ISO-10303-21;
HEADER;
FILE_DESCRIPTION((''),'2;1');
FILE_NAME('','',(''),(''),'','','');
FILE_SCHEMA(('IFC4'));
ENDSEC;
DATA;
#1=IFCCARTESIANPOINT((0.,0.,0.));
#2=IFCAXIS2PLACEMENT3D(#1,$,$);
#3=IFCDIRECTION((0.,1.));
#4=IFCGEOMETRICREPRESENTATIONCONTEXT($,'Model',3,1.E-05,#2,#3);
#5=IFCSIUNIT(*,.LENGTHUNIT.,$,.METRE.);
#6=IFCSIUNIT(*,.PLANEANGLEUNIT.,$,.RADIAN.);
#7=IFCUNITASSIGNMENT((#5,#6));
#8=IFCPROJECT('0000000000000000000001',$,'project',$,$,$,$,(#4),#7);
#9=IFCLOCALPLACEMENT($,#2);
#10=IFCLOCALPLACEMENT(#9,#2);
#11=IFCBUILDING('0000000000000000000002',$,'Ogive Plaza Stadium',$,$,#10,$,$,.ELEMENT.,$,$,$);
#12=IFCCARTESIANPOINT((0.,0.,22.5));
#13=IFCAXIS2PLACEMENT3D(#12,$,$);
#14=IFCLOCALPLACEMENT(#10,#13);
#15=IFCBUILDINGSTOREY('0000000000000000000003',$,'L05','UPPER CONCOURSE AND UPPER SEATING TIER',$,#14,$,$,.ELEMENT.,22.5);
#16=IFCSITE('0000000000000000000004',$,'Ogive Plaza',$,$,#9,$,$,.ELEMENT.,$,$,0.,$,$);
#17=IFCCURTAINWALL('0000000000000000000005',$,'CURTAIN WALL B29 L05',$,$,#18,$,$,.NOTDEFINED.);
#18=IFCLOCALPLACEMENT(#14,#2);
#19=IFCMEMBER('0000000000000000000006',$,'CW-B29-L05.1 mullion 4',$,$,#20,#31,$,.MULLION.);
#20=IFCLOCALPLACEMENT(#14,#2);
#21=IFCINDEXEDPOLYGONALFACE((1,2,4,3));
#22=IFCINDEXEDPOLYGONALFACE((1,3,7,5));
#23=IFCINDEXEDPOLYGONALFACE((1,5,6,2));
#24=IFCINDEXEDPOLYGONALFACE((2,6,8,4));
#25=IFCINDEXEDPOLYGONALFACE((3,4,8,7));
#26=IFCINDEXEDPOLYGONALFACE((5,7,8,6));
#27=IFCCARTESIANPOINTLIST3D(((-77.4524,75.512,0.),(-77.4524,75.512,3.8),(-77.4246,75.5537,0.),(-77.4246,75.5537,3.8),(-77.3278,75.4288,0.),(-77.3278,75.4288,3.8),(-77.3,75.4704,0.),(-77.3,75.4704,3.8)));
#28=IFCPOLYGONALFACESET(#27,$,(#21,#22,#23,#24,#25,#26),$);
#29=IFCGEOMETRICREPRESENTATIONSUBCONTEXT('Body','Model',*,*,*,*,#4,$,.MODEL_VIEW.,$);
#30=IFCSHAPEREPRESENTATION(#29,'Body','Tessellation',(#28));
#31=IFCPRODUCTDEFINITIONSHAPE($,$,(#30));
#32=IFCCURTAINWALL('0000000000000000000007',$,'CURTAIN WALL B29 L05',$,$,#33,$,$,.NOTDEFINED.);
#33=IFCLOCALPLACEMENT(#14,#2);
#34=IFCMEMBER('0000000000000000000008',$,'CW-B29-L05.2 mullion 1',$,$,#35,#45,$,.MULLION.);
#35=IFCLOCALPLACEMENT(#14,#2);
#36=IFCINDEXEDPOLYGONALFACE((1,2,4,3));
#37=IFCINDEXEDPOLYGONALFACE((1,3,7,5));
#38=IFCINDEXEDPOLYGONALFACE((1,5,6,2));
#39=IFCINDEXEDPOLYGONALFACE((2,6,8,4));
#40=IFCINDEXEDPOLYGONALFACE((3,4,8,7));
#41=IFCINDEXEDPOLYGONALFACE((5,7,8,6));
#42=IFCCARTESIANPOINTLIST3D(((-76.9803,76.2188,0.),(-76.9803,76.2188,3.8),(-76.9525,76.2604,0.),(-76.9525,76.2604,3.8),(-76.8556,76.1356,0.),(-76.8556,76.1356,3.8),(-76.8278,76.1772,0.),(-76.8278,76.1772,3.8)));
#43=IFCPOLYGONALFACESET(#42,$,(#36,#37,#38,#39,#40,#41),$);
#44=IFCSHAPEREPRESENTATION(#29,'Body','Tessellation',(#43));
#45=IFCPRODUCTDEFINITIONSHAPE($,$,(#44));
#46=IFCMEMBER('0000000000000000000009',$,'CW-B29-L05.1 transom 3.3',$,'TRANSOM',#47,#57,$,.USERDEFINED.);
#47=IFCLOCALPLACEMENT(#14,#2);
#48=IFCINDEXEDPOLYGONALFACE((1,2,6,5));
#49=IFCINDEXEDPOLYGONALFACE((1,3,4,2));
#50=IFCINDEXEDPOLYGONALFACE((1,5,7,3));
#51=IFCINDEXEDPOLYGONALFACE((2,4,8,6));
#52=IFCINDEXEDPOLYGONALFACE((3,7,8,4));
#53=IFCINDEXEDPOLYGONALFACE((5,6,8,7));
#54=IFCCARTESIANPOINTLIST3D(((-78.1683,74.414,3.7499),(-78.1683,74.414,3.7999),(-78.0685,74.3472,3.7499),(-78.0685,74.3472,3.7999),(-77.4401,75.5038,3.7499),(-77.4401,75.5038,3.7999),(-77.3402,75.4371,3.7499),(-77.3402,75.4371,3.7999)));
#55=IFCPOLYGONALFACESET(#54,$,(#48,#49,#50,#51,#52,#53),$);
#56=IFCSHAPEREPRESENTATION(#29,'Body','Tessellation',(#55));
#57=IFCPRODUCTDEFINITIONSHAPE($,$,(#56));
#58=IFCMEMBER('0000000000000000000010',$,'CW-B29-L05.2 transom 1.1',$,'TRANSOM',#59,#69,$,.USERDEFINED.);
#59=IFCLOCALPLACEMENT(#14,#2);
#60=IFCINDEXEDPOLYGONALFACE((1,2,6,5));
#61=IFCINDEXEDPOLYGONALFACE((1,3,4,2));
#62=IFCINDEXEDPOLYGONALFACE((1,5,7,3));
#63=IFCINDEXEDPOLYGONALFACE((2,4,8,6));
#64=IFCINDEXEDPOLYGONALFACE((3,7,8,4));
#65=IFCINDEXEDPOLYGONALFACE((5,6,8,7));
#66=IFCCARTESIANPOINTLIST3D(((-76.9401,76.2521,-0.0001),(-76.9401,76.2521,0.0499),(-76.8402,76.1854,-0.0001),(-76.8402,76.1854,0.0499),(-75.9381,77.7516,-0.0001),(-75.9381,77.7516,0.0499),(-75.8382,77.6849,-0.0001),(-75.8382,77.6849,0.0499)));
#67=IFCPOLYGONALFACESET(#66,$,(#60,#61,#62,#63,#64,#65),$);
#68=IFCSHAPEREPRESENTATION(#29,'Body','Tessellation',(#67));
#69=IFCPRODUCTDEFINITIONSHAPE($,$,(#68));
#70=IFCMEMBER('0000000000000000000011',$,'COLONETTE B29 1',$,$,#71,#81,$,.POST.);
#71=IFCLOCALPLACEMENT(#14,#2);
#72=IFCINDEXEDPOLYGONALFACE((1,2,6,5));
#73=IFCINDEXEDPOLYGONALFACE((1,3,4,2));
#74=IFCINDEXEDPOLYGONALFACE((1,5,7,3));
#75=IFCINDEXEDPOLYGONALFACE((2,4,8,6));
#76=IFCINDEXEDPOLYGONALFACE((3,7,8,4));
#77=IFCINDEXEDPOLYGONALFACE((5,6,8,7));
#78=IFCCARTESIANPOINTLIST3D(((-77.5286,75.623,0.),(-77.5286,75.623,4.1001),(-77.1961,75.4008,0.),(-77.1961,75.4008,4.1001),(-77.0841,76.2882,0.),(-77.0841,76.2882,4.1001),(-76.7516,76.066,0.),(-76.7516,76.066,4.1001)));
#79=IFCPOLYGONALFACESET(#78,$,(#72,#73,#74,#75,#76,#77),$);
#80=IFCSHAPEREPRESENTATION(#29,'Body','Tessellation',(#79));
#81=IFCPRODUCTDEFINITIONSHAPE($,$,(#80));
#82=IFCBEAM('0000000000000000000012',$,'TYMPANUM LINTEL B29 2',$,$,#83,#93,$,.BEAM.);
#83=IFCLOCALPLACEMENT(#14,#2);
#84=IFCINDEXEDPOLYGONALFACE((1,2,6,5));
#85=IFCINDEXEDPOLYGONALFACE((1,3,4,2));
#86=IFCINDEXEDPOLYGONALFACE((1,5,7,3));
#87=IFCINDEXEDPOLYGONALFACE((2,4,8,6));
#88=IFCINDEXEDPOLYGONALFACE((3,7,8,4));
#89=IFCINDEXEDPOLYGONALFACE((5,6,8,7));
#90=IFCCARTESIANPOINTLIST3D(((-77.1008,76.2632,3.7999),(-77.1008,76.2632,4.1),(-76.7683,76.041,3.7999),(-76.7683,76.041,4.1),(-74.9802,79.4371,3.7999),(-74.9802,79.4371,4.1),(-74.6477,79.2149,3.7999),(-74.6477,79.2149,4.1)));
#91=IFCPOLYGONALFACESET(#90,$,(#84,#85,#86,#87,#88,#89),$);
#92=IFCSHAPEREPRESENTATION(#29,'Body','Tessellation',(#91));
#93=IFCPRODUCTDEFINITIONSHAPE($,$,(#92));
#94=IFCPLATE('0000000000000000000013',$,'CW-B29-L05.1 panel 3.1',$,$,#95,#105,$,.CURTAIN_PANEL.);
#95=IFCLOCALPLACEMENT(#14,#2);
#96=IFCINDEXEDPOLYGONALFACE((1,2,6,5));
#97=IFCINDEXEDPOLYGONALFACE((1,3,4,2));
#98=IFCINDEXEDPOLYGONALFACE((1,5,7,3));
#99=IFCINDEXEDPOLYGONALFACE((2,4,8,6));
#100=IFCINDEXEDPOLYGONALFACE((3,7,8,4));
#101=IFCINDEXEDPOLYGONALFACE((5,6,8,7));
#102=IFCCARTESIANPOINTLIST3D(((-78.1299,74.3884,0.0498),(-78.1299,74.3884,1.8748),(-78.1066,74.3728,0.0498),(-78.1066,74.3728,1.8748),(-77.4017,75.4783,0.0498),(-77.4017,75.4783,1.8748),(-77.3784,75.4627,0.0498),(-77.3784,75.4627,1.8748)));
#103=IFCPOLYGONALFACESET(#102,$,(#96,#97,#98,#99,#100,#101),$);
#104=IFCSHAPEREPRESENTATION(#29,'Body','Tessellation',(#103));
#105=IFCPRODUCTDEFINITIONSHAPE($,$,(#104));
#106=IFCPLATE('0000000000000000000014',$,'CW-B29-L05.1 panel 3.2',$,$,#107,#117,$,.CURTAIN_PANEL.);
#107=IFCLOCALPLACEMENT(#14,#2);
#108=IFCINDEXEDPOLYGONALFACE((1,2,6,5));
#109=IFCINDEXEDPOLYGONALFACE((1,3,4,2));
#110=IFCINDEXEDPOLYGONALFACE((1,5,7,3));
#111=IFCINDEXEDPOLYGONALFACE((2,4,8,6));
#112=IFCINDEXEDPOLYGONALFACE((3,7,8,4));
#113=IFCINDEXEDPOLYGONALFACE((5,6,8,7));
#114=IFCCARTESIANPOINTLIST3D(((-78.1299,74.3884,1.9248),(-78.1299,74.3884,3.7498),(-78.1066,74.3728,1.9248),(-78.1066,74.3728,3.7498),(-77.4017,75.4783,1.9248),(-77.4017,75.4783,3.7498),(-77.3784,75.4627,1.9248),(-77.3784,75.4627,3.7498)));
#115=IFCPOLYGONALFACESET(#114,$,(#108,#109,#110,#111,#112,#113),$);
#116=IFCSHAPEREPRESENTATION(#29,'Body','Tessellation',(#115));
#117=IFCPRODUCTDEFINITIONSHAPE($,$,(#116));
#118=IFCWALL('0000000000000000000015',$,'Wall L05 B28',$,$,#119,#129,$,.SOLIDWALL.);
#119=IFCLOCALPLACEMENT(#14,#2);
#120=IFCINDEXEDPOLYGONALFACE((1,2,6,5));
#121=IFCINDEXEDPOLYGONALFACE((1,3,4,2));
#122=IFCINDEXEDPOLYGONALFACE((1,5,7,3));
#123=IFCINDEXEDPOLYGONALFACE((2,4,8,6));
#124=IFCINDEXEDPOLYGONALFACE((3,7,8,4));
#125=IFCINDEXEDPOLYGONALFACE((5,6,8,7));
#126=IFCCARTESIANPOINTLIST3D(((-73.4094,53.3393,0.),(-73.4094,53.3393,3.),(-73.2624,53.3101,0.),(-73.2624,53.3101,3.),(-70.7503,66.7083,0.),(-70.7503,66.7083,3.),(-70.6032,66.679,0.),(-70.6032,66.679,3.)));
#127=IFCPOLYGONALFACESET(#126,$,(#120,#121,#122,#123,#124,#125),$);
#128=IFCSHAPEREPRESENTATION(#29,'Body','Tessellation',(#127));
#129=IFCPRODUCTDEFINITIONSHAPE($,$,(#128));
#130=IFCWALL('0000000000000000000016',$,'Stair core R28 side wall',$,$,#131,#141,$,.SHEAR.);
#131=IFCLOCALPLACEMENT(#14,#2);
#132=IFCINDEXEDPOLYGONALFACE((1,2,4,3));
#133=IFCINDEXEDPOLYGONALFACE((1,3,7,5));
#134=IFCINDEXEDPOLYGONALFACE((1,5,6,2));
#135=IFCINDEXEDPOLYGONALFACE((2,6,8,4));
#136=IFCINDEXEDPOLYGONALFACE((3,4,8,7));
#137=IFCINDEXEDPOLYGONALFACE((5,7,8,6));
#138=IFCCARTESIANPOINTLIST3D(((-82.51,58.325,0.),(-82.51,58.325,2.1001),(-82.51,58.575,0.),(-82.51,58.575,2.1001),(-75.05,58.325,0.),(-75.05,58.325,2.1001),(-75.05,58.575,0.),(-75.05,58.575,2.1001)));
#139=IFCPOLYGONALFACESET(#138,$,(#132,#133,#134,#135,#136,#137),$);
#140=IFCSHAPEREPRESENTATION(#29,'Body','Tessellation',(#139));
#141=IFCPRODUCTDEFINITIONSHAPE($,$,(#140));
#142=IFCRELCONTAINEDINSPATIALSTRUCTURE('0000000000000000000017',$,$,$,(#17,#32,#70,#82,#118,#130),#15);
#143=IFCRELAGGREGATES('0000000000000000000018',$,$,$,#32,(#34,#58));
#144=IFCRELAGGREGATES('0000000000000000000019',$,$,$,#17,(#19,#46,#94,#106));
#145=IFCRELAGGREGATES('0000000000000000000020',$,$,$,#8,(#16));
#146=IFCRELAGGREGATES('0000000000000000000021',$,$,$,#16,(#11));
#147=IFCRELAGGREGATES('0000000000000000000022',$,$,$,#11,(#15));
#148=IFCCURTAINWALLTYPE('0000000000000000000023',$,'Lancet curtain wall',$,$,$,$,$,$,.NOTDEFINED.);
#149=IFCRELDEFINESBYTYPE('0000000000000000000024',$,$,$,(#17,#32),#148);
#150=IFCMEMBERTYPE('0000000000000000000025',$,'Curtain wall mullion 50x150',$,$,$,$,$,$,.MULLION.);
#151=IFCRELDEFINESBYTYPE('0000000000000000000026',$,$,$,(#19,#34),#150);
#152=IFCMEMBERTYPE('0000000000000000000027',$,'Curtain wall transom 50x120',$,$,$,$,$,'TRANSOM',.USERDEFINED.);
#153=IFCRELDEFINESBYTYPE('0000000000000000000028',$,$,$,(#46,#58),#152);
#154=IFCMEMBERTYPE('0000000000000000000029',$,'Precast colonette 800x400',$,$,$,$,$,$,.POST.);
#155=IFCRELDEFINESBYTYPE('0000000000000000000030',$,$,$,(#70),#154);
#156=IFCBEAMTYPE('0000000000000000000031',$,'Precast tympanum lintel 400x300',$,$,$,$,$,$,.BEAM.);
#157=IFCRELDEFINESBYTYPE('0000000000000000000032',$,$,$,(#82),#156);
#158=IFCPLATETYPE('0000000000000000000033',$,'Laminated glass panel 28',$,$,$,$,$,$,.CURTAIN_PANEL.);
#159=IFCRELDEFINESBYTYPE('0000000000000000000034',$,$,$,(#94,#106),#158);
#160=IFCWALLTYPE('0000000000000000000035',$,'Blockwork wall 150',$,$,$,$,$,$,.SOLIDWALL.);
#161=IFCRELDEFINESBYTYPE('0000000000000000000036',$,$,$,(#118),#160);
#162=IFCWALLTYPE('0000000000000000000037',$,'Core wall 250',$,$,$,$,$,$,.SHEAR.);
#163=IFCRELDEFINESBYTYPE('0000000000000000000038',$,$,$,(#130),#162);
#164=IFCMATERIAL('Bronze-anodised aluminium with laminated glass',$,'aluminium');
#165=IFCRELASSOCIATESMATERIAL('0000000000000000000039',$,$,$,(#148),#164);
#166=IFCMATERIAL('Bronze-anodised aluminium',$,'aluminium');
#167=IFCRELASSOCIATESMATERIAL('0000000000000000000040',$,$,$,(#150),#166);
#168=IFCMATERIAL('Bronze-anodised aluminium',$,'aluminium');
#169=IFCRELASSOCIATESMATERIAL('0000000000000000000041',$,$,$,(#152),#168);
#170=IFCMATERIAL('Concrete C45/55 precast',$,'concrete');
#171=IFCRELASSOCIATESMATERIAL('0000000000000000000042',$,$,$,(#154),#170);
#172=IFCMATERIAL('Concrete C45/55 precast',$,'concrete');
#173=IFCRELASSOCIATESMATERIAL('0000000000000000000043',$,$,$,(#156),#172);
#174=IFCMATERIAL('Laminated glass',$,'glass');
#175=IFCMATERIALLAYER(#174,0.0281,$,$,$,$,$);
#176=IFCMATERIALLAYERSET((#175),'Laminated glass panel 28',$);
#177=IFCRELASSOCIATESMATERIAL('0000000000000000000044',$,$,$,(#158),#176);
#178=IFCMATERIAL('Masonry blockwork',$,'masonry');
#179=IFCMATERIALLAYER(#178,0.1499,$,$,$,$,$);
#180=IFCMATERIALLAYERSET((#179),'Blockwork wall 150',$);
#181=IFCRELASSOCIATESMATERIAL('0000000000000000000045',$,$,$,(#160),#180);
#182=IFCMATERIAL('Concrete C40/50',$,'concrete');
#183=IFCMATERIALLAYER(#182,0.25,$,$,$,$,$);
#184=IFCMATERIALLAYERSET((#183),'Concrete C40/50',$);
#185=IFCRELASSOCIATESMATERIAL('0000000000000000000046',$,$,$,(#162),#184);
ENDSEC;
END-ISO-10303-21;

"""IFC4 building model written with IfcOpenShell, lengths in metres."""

from ifc_helpers import new_model, si_unit, direction, frame, frame_2d, origin, origin_2d, place, context, subcontext, project, spatial, rectangle, extrude, material, layer, layer_set, material_profile, profile_set, type_object, element, aggregate, save


model = new_model("IFC4")

# Units and contexts
model_context = context("Model", 3, precision=1e-05, world=origin(), true_north=direction((0.0, 1.0)))
body_context = subcontext(model_context, "Body", "Model", "MODEL_VIEW")
ifc_project = project(units=[si_unit("LENGTHUNIT", "METRE"), si_unit("PLANEANGLEUNIT", "RADIAN")], contexts=[model_context])

# Site, building, storey
site_placement = place(None, origin())
site = spatial("IfcSite", under=ifc_project, at=site_placement, Name="Ogive Plaza", CompositionType="ELEMENT", RefElevation=0.0)
building_placement = place(site_placement, origin())
building = spatial("IfcBuilding", under=site, at=building_placement, Name="Ogive Plaza Stadium", CompositionType="ELEMENT")
storey_placement = place(building_placement, frame((0.0, 0.0, 22.5)))
storey = spatial("IfcBuildingStorey", under=building, at=storey_placement, Name="L05", Description="UPPER CONCOURSE AND UPPER SEATING TIER", CompositionType="ELEMENT", Elevation=22.5)

# Curtain walls, members
ifc_material_1 = material(Name="Bronze-anodised aluminium with laminated glass", Category="aluminium")
curtain_wall_type = type_object("IfcCurtainWallType", Name="Lancet curtain wall", PredefinedType="NOTDEFINED", material=ifc_material_1)
curtain_wall_1_placement = place(storey_placement, origin())
curtain_wall_1 = element("IfcCurtainWall", 1, at=curtain_wall_1_placement, inside=storey, type_object=curtain_wall_type, Name="CURTAIN WALL B29 L05", PredefinedType="NOTDEFINED")
ifc_material_2 = material(Name="Bronze-anodised aluminium", Category="aluminium")
ifc_material_profile_1 = material_profile(ifc_material_2, rectangle(XDim=0.1499, YDim=0.05, at=origin_2d()), Name="AL 150x50")
ifc_profile_set_1 = profile_set([ifc_material_profile_1], Name="Bronze-anodised aluminium")
member_type_1 = type_object("IfcMemberType", Name="Curtain wall mullion 50x150", PredefinedType="MULLION", material=ifc_profile_set_1)
member_1_placement = place(storey_placement, frame((-77.3762, 75.4912, 0.0), z_axis=(0.0, 0.0, 1.0), x_axis=(-0.83147, 0.55557, 0.0)))
member_1 = element("IfcMember", 2, at=member_1_placement, type_object=member_type_1, Name="CW-B29-L05.1 mullion 4", PredefinedType="MULLION", context=body_context, shape_type="SweptSolid", body=[
    extrude(rectangle(XDim=0.1499, YDim=0.05, at=origin_2d()), origin(), (0.0, 0.0, 1.0), 3.8),
])
curtain_wall_2_placement = place(storey_placement, origin())
curtain_wall_2 = element("IfcCurtainWall", 3, at=curtain_wall_2_placement, inside=storey, type_object=curtain_wall_type, Name="CURTAIN WALL B29 L05", PredefinedType="NOTDEFINED")
member_2_placement = place(storey_placement, frame((-76.9041, 76.198, 0.0), z_axis=(0.0, 0.0, 1.0), x_axis=(-0.83147, 0.55557, 0.0)))
member_2 = element("IfcMember", 4, at=member_2_placement, type_object=member_type_1, Name="CW-B29-L05.2 mullion 1", PredefinedType="MULLION", context=body_context, shape_type="SweptSolid", body=[
    extrude(rectangle(XDim=0.1499, YDim=0.05, at=origin_2d()), origin(), (0.0, 0.0, 1.0), 3.8),
])

# Members
ifc_material_3 = material(Name="Bronze-anodised aluminium", Category="aluminium")
ifc_material_profile_2 = material_profile(ifc_material_3, rectangle(XDim=0.1201, YDim=0.05, at=origin_2d()), Name="AL 120x50")
ifc_profile_set_2 = profile_set([ifc_material_profile_2], Name="Bronze-anodised aluminium")
member_type_2 = type_object("IfcMemberType", Name="Curtain wall transom 50x120", ElementType="TRANSOM", PredefinedType="USERDEFINED", material=ifc_profile_set_2)
member_3_placement = place(storey_placement, frame((-78.1184, 74.3806, 3.7749), z_axis=(0.555602, 0.831448, 0.0), x_axis=(-0.831448, 0.555602, 0.0)))
member_3 = element("IfcMember", 5, at=member_3_placement, type_object=member_type_2, Name="CW-B29-L05.1 transom 3.3", ObjectType="TRANSOM", PredefinedType="USERDEFINED", context=body_context, shape_type="SweptSolid", body=[
    extrude(rectangle(XDim=0.1201, YDim=0.05, at=origin_2d()), origin(), (0.0, 0.0, 1.0), 1.3108),
])
member_4_placement = place(storey_placement, frame((-76.8901, 76.2188, 0.0249), z_axis=(0.555575, 0.831467, 0.0), x_axis=(-0.831467, 0.555575, 0.0)))
member_4 = element("IfcMember", 6, at=member_4_placement, type_object=member_type_2, Name="CW-B29-L05.2 transom 1.1", ObjectType="TRANSOM", PredefinedType="USERDEFINED", context=body_context, shape_type="SweptSolid", body=[
    extrude(rectangle(XDim=0.1201, YDim=0.05, at=origin_2d()), origin(), (0.0, 0.0, 1.0), 1.8035),
])
aggregate(curtain_wall_2, [member_2, member_4])
ifc_material_4 = material(Name="Concrete C45/55 precast", Category="concrete")
ifc_material_profile_3 = material_profile(ifc_material_4, rectangle(XDim=0.3999, YDim=0.8, at=origin_2d()), Name="RC 400x800")
ifc_profile_set_3 = profile_set([ifc_material_profile_3], Name="Concrete C45/55 precast")
member_type_3 = type_object("IfcMemberType", Name="Precast colonette 800x400", PredefinedType="POST", material=ifc_profile_set_3)
member_5_placement = place(storey_placement, frame((-77.1401, 75.8445, 0.0), z_axis=(0.0, 0.0, 1.0), x_axis=(-0.83147, 0.55557, 0.0)))
element("IfcMember", 7, at=member_5_placement, inside=storey, type_object=member_type_3, Name="COLONETTE B29 1", PredefinedType="POST", context=body_context, shape_type="SweptSolid", body=[
    extrude(rectangle(XDim=0.3999, YDim=0.8, at=origin_2d()), origin(), (0.0, 0.0, 1.0), 4.1001),
])

# Beam
ifc_material_5 = material(Name="Concrete C45/55 precast", Category="concrete")
ifc_material_profile_4 = material_profile(ifc_material_5, rectangle(XDim=0.3999, YDim=0.3, at=origin_2d()), Name="RC 400x300")
ifc_profile_set_4 = profile_set([ifc_material_profile_4], Name="Concrete C45/55 precast")
beam_type = type_object("IfcBeamType", Name="Precast tympanum lintel 400x300", PredefinedType="BEAM", material=ifc_profile_set_4)
beam_placement = place(storey_placement, frame((-76.9346, 76.1521, 3.95), z_axis=(0.555556, 0.831479, 0.0), x_axis=(-0.831479, 0.555556, 0.0)))
element("IfcBeam", 8, at=beam_placement, inside=storey, type_object=beam_type, Name="TYMPANUM LINTEL B29 2", PredefinedType="BEAM", context=body_context, shape_type="SweptSolid", body=[
    extrude(rectangle(XDim=0.3999, YDim=0.3, at=origin_2d()), origin(), (0.0, 0.0, 1.0), 3.8171),
])

# Plates
ifc_material_6 = material(Name="Laminated glass", Category="glass")
ifc_layer_1 = layer(ifc_material_6, 0.0281)
ifc_layer_set_1 = layer_set([ifc_layer_1], Name="Laminated glass panel 28")
plate_type = type_object("IfcPlateType", Name="Laminated glass panel 28", PredefinedType="CURTAIN_PANEL", material=ifc_layer_set_1)
plate_1_placement = place(storey_placement, frame((-77.7542, 74.9255, 0.0498), z_axis=(0.0, 0.0, 1.0), x_axis=(0.55557, 0.83147, 0.0)))
plate_1 = element("IfcPlate", 9, at=plate_1_placement, type_object=plate_type, Name="CW-B29-L05.1 panel 3.1", PredefinedType="CURTAIN_PANEL", context=body_context, shape_type="SweptSolid", body=[
    extrude(rectangle(XDim=1.3108, YDim=0.0281, at=origin_2d()), origin(), (0.0, 0.0, 1.0), 1.825),
])
plate_2_placement = place(storey_placement, frame((-77.7542, 74.9255, 1.9248), z_axis=(0.0, 0.0, 1.0), x_axis=(0.55557, 0.83147, 0.0)))
plate_2 = element("IfcPlate", 10, at=plate_2_placement, type_object=plate_type, Name="CW-B29-L05.1 panel 3.2", PredefinedType="CURTAIN_PANEL", context=body_context, shape_type="SweptSolid", body=[
    extrude(rectangle(XDim=1.3108, YDim=0.0281, at=origin_2d()), origin(), (0.0, 0.0, 1.0), 1.825),
])
aggregate(curtain_wall_1, [member_1, member_3, plate_1, plate_2])

# Wall
ifc_material_7 = material(Name="Masonry blockwork", Category="masonry")
ifc_layer_2 = layer(ifc_material_7, 0.1499)
ifc_layer_set_2 = layer_set([ifc_layer_2], Name="Blockwork wall 150")
wall_type_1 = type_object("IfcWallType", Name="Blockwork wall 150", PredefinedType="SOLIDWALL", material=ifc_layer_set_2)
wall_1_placement = place(storey_placement, frame((-73.3359, 53.3247, 0.0), z_axis=(0.0, 0.0, 1.0), x_axis=(0.195086, 0.980786, 0.0)))
element("IfcWall", 11, at=wall_1_placement, inside=storey, type_object=wall_type_1, Name="Wall L05 B28", PredefinedType="SOLIDWALL", context=body_context, shape_type="SweptSolid", body=[
    extrude(rectangle(XDim=13.6309, YDim=0.1499, at=frame_2d((6.8154, 0.0))), origin(), (0.0, 0.0, 1.0), 3.0),
])

# Shared definitions
ifc_material_8 = material(Name="Concrete C40/50", Category="concrete")
ifc_layer_3 = layer(ifc_material_8, 0.25)
ifc_layer_set_3 = layer_set([ifc_layer_3], Name="Concrete C40/50")
wall_type_2 = type_object("IfcWallType", Name="Core wall 250", PredefinedType="SHEAR", material=ifc_layer_set_3)

# Wall
wall_2_placement = place(storey_placement, frame((-75.05, 58.45, 0.0), z_axis=(0.0, 0.0, 1.0), x_axis=(-1.0, 0.0, 0.0)))
element("IfcWall", 12, at=wall_2_placement, inside=storey, type_object=wall_type_2, Name="Stair core R28 side wall", PredefinedType="SHEAR", context=body_context, shape_type="SweptSolid", body=[
    extrude(rectangle(XDim=7.46, YDim=0.25, at=frame_2d((3.73, 0.0))), origin(), (0.0, 0.0, 1.0), 2.1001),
])

save(model, "model.ifc")
